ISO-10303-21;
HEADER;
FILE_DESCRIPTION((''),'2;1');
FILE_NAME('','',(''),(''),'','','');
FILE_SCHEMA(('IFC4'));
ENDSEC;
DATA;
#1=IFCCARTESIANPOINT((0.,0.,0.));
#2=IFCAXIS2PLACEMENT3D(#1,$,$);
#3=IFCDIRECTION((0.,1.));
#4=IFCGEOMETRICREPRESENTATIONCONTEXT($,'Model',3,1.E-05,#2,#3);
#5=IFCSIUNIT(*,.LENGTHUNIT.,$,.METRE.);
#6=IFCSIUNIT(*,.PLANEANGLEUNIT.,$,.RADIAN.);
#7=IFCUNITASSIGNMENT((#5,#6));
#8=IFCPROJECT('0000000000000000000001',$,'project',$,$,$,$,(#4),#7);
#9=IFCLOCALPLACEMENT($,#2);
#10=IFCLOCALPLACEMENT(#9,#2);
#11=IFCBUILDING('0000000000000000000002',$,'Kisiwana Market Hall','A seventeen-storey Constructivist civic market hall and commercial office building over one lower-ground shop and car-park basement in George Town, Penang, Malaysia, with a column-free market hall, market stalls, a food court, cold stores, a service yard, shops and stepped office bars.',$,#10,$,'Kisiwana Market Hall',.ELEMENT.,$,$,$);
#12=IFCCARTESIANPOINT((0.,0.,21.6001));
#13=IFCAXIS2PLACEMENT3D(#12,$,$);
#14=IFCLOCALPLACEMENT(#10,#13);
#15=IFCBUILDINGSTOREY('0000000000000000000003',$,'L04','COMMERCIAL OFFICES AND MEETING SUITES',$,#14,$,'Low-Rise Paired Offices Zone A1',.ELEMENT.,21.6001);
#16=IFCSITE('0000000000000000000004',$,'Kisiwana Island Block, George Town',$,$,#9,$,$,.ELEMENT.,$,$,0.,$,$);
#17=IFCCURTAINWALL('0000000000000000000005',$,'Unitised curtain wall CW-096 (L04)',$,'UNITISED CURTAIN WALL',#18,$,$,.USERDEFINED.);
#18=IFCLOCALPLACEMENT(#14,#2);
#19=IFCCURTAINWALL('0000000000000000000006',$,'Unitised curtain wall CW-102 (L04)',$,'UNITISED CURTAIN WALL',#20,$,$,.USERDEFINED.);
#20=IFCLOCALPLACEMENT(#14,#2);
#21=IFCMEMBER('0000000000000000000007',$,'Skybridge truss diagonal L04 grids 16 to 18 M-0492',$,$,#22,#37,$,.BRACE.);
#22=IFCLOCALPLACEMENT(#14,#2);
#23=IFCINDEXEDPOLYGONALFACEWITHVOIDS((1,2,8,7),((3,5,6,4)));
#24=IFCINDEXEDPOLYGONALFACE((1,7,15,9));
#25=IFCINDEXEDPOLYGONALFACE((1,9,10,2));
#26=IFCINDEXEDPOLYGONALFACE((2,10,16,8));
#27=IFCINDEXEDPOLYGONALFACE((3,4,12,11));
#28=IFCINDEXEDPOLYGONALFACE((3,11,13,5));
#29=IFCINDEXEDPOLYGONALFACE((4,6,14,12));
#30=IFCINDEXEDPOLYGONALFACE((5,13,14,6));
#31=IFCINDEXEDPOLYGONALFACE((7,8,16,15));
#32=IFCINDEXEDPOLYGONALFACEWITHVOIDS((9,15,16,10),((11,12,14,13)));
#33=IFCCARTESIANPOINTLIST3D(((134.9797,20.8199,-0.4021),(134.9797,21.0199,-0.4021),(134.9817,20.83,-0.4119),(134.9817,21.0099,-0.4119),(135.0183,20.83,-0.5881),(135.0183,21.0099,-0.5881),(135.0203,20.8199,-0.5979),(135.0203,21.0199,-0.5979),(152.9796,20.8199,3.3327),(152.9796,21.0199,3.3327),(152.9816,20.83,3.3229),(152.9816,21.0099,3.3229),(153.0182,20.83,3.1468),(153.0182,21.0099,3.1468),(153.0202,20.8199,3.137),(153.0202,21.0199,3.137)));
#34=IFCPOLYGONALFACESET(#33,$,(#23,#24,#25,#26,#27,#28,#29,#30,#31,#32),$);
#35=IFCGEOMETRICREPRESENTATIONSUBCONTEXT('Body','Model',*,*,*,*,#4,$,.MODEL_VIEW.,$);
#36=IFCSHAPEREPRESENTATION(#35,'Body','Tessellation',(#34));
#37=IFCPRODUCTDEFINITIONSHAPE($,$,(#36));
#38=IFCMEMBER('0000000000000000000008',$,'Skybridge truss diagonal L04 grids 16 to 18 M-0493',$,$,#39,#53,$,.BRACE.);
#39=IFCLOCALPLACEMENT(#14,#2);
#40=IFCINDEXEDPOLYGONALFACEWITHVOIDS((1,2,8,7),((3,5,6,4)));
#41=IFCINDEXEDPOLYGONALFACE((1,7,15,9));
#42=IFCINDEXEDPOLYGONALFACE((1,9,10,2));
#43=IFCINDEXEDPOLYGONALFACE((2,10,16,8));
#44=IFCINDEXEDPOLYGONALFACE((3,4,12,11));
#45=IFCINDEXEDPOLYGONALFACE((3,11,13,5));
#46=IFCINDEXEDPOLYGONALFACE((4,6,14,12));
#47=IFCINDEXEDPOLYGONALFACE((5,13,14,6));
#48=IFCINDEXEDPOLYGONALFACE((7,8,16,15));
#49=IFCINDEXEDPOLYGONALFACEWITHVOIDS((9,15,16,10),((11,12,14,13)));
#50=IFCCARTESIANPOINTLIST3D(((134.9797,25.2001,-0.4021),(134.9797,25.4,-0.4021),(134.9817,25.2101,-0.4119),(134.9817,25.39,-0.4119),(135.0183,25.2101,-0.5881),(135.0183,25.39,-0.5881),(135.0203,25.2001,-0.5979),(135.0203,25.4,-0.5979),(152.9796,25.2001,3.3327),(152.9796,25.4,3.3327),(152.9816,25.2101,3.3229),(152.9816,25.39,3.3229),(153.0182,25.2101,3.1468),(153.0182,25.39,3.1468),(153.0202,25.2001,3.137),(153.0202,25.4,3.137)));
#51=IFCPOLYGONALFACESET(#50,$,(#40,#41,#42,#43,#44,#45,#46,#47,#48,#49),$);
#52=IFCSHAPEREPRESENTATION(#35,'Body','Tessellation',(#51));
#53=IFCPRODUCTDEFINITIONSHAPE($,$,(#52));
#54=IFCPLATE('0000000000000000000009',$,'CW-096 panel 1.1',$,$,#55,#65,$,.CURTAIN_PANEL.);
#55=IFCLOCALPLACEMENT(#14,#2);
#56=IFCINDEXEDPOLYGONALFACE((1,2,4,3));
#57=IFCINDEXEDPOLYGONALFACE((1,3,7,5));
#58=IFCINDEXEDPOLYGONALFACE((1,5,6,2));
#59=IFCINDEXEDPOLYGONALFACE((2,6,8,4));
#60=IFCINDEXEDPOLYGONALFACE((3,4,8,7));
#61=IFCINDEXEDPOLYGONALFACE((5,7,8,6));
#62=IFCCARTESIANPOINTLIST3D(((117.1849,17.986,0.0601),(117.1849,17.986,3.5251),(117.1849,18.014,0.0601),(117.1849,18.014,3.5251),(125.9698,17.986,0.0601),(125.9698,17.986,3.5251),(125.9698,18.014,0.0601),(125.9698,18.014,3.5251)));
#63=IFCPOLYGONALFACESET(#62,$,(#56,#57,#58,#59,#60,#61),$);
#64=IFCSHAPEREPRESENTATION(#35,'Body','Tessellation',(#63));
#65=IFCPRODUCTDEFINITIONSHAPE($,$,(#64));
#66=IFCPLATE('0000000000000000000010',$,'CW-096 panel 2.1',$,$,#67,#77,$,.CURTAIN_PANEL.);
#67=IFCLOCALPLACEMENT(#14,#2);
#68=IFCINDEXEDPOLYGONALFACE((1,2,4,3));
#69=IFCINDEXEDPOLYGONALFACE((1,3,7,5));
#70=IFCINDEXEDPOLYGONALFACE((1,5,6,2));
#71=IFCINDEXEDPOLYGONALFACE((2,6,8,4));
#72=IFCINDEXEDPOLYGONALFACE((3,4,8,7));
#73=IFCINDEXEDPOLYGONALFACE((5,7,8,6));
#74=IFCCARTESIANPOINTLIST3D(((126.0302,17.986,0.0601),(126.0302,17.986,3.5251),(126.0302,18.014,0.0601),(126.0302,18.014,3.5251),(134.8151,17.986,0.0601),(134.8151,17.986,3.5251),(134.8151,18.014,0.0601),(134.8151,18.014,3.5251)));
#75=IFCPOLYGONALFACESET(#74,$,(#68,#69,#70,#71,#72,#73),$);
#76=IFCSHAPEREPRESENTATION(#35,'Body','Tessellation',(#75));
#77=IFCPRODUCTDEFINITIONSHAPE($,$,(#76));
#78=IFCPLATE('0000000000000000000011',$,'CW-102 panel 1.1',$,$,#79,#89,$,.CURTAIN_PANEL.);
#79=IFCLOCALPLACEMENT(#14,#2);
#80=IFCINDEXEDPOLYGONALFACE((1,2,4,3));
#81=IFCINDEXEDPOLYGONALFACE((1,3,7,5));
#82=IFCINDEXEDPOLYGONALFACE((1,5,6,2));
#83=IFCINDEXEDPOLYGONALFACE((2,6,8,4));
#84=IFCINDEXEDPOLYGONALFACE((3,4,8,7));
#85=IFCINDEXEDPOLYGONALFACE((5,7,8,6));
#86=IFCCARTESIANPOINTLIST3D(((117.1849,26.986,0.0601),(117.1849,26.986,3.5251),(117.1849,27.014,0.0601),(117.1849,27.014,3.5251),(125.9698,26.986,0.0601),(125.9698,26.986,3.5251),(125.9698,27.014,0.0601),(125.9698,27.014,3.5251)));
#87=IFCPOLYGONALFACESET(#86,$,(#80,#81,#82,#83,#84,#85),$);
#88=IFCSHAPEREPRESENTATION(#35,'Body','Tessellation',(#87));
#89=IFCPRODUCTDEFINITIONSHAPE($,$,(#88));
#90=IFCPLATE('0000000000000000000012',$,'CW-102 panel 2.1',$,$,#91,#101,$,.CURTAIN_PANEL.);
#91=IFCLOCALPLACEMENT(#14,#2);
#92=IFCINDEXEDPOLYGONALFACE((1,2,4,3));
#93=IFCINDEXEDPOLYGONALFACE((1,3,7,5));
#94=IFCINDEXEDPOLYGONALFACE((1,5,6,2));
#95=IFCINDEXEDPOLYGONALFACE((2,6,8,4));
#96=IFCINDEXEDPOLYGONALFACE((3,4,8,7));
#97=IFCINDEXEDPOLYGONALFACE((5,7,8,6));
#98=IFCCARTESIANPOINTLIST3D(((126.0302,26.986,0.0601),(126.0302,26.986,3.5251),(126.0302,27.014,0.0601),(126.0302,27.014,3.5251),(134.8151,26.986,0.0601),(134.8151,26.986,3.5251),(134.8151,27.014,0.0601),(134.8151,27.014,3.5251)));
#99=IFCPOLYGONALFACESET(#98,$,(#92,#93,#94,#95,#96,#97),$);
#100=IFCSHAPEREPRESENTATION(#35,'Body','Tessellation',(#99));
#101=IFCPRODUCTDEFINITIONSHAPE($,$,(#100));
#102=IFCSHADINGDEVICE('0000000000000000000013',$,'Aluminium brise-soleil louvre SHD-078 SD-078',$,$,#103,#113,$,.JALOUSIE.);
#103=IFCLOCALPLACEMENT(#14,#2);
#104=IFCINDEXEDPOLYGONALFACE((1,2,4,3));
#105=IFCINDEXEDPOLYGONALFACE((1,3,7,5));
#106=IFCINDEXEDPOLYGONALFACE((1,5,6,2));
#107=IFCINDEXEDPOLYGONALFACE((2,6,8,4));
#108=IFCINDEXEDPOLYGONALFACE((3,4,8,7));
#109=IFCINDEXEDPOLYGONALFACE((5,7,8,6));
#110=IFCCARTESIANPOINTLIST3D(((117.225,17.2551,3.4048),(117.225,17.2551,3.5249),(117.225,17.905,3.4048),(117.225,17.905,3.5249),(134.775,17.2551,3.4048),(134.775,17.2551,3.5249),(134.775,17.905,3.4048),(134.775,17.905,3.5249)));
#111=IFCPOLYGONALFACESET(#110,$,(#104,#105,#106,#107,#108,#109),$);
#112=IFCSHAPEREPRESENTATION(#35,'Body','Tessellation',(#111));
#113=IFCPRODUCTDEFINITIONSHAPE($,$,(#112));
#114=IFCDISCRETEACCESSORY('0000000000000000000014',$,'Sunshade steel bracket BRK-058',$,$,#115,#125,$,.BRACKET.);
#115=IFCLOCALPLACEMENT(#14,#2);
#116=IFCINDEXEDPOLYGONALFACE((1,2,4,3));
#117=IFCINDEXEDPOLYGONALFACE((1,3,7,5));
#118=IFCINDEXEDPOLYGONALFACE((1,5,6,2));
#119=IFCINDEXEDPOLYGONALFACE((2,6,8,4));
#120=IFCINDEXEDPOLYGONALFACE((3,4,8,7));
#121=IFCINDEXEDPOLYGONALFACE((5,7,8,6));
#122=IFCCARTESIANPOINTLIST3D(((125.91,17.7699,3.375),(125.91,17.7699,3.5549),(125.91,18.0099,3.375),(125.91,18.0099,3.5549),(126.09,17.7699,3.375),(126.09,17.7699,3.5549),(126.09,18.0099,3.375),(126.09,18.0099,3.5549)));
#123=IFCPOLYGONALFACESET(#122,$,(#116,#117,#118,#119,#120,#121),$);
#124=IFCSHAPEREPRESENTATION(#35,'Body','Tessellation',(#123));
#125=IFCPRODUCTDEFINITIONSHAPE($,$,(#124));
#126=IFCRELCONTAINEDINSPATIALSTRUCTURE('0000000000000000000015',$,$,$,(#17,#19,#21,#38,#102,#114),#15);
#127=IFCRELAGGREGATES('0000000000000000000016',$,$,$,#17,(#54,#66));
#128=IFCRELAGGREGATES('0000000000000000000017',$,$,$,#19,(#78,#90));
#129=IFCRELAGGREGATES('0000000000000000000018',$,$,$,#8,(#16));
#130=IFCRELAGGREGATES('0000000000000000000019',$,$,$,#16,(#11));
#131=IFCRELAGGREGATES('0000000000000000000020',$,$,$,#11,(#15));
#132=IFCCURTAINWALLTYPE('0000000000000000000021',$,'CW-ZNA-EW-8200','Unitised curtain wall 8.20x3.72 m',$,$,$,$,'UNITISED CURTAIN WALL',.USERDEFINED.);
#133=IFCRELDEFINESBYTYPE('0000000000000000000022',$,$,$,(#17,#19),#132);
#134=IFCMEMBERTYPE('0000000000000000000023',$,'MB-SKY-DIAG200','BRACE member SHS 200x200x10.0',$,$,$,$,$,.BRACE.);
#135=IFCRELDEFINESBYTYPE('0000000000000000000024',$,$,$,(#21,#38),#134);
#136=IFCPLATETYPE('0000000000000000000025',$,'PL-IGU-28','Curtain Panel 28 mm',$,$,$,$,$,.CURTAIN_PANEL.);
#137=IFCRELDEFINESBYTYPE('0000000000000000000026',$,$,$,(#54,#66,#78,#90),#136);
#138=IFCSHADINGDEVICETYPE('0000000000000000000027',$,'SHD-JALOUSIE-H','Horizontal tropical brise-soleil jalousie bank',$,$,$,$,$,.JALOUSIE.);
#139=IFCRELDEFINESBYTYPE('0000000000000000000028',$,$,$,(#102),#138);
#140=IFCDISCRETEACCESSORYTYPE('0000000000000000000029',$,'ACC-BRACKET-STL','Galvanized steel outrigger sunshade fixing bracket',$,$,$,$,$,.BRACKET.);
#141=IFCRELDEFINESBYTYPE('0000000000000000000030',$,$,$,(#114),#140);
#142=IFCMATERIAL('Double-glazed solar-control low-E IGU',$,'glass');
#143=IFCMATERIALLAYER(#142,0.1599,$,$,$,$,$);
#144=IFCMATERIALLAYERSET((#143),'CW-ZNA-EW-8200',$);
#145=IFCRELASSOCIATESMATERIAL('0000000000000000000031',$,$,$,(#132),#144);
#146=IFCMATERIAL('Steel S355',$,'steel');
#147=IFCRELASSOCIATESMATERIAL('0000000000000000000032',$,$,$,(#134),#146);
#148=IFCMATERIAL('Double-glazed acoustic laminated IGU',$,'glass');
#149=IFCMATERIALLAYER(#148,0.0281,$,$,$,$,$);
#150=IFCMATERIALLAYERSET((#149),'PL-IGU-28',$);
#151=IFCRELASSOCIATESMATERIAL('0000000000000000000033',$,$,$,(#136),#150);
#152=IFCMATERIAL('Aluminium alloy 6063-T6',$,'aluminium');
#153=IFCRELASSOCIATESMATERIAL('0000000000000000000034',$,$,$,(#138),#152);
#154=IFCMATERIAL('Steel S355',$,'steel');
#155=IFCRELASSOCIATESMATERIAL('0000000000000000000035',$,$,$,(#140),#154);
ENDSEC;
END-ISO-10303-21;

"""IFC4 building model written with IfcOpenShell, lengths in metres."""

from ifc_helpers import new_model, si_unit, direction, frame, origin, origin_2d, place, context, subcontext, project, spatial, rectangle, hollow_rectangle, extrude, material, layer, layer_set, material_profile, profile_set, type_object, element, aggregate, save


model = new_model("IFC4")

# Units and contexts
model_context = context("Model", 3, precision=1e-05, world=origin(), true_north=direction((0.0, 1.0)))
body_context = subcontext(model_context, "Body", "Model", "MODEL_VIEW")
ifc_project = project(units=[si_unit("LENGTHUNIT", "METRE"), si_unit("PLANEANGLEUNIT", "RADIAN")], contexts=[model_context])

# Site, building, storey
site_placement = place(None, origin())
site = spatial("IfcSite", under=ifc_project, at=site_placement, Name="Kisiwana Island Block, George Town", CompositionType="ELEMENT", RefElevation=0.0)
building_placement = place(site_placement, origin())
building = spatial("IfcBuilding", under=site, at=building_placement, Name="Kisiwana Market Hall", Description="A seventeen-storey Constructivist civic market hall and commercial office building over one lower-ground shop and car-park basement in George Town, Penang, Malaysia, with a column-free market hall, market stalls, a food court, cold stores, a service yard, shops and stepped office bars.", LongName="Kisiwana Market Hall", CompositionType="ELEMENT")
storey_placement = place(building_placement, frame((0.0, 0.0, 21.6001)))
storey = spatial("IfcBuildingStorey", under=building, at=storey_placement, Name="L04", Description="COMMERCIAL OFFICES AND MEETING SUITES", LongName="Low-Rise Paired Offices Zone A1", CompositionType="ELEMENT", Elevation=21.6001)

# Curtain wall
ifc_material_1 = material(Name="Double-glazed solar-control low-E IGU", Category="glass")
ifc_layer_1 = layer(ifc_material_1, 0.1599)
ifc_layer_set_1 = layer_set([ifc_layer_1], Name="CW-ZNA-EW-8200")
curtain_wall_type = type_object("IfcCurtainWallType", Name="CW-ZNA-EW-8200", Description="Unitised curtain wall 8.20x3.72 m", ElementType="UNITISED CURTAIN WALL", PredefinedType="USERDEFINED", material=ifc_layer_set_1)
curtain_wall_1_placement = place(storey_placement, origin())
curtain_wall_1 = element("IfcCurtainWall", 1, at=curtain_wall_1_placement, inside=storey, type_object=curtain_wall_type, Name="Unitised curtain wall CW-096 (L04)", ObjectType="UNITISED CURTAIN WALL", PredefinedType="USERDEFINED")

# Curtain wall
curtain_wall_2_placement = place(storey_placement, origin())
curtain_wall_2 = element("IfcCurtainWall", 2, at=curtain_wall_2_placement, inside=storey, type_object=curtain_wall_type, Name="Unitised curtain wall CW-102 (L04)", ObjectType="UNITISED CURTAIN WALL", PredefinedType="USERDEFINED")

# Members
ifc_material_2 = material(Name="Steel S355", Category="steel")
ifc_material_profile_1 = material_profile(ifc_material_2, hollow_rectangle(XDim=0.2, YDim=0.2, WallThickness=0.01, at=origin_2d()), Name="SHS 200x200x10.0")
ifc_profile_set_1 = profile_set([ifc_material_profile_1], Name="Steel S355")
member_type_1 = type_object("IfcMemberType", Name="MB-SKY-DIAG200", Description="BRACE member SHS 200x200x10.0", PredefinedType="BRACE", material=ifc_profile_set_1)
for number, where, z_axis, x_axis, name in (
    (3, (135.0, 20.9199, -0.5), (0.979145, 0.0, 0.203165), (0.0, 1.0, 0.0), "Skybridge truss diagonal L04 grids 16 to 18 M-0492"),
    (4, (135.0, 25.3, -0.5), (0.979145, 0.0, 0.203165), (0.0, 1.0, 0.0), "Skybridge truss diagonal L04 grids 16 to 18 M-0493"),
):
    element("IfcMember", number, at=place(storey_placement, frame(where, z_axis=z_axis, x_axis=x_axis)), inside=storey, type_object=member_type_1, Name=name, PredefinedType="BRACE", context=body_context, shape_type="SweptSolid", body=[
        extrude(hollow_rectangle(XDim=0.2, YDim=0.2, WallThickness=0.01, at=origin_2d()), origin(), (0.0, 0.0, 1.0), 18.3833),
    ])

# Plates
ifc_material_3 = material(Name="Double-glazed acoustic laminated IGU", Category="glass")
ifc_layer_2 = layer(ifc_material_3, 0.0281)
ifc_layer_set_2 = layer_set([ifc_layer_2], Name="PL-IGU-28")
plate_type = type_object("IfcPlateType", Name="PL-IGU-28", Description="Curtain Panel 28 mm", PredefinedType="CURTAIN_PANEL", material=ifc_layer_set_2)
plate_1_placement = place(storey_placement, frame((121.5774, 18.0, 0.0601), z_axis=(0.0, 0.0, 1.0), x_axis=(1.0, 0.0, 0.0)))
plate_1 = element("IfcPlate", 5, at=plate_1_placement, type_object=plate_type, Name="CW-096 panel 1.1", PredefinedType="CURTAIN_PANEL", context=body_context, shape_type="SweptSolid", body=[
    extrude(rectangle(XDim=8.7849, YDim=0.0281, at=origin_2d()), origin(), (0.0, 0.0, 1.0), 3.4651),
])
plate_2_placement = place(storey_placement, frame((130.4226, 18.0, 0.0601), z_axis=(0.0, 0.0, 1.0), x_axis=(1.0, 0.0, 0.0)))
plate_2 = element("IfcPlate", 6, at=plate_2_placement, type_object=plate_type, Name="CW-096 panel 2.1", PredefinedType="CURTAIN_PANEL", context=body_context, shape_type="SweptSolid", body=[
    extrude(rectangle(XDim=8.7849, YDim=0.0281, at=origin_2d()), origin(), (0.0, 0.0, 1.0), 3.4651),
])
aggregate(curtain_wall_1, [plate_1, plate_2])
plate_3_placement = place(storey_placement, frame((121.5774, 27.0, 0.0601), z_axis=(0.0, 0.0, 1.0), x_axis=(1.0, 0.0, 0.0)))
plate_3 = element("IfcPlate", 7, at=plate_3_placement, type_object=plate_type, Name="CW-102 panel 1.1", PredefinedType="CURTAIN_PANEL", context=body_context, shape_type="SweptSolid", body=[
    extrude(rectangle(XDim=8.7849, YDim=0.0281, at=origin_2d()), origin(), (0.0, 0.0, 1.0), 3.4651),
])
plate_4_placement = place(storey_placement, frame((130.4226, 27.0, 0.0601), z_axis=(0.0, 0.0, 1.0), x_axis=(1.0, 0.0, 0.0)))
plate_4 = element("IfcPlate", 8, at=plate_4_placement, type_object=plate_type, Name="CW-102 panel 2.1", PredefinedType="CURTAIN_PANEL", context=body_context, shape_type="SweptSolid", body=[
    extrude(rectangle(XDim=8.7849, YDim=0.0281, at=origin_2d()), origin(), (0.0, 0.0, 1.0), 3.4651),
])
aggregate(curtain_wall_2, [plate_3, plate_4])

# Shading device
ifc_material_4 = material(Name="Aluminium alloy 6063-T6", Category="aluminium")
shading_device_type = type_object("IfcShadingDeviceType", Name="SHD-JALOUSIE-H", Description="Horizontal tropical brise-soleil jalousie bank", PredefinedType="JALOUSIE", material=ifc_material_4)
shading_device_placement = place(storey_placement, frame((126.0, 17.5801, 3.4048), z_axis=(0.0, 0.0, 1.0), x_axis=(1.0, 0.0, 0.0)))
element("IfcShadingDevice", 9, at=shading_device_placement, inside=storey, type_object=shading_device_type, Name="Aluminium brise-soleil louvre SHD-078 SD-078", PredefinedType="JALOUSIE", context=body_context, shape_type="SweptSolid", body=[
    extrude(rectangle(XDim=17.55, YDim=0.6499, at=origin_2d()), origin(), (0.0, 0.0, 1.0), 0.1201),
])

# Discrete accessory
ifc_material_5 = material(Name="Steel S355", Category="steel")
discrete_accessory_type = type_object("IfcDiscreteAccessoryType", Name="ACC-BRACKET-STL", Description="Galvanized steel outrigger sunshade fixing bracket", PredefinedType="BRACKET", material=ifc_material_5)
discrete_accessory_placement = place(storey_placement, frame((126.0, 17.8899, 3.375), z_axis=(0.0, 0.0, 1.0), x_axis=(1.0, 0.0, 0.0)))
element("IfcDiscreteAccessory", 10, at=discrete_accessory_placement, inside=storey, type_object=discrete_accessory_type, Name="Sunshade steel bracket BRK-058", PredefinedType="BRACKET", context=body_context, shape_type="SweptSolid", body=[
    extrude(rectangle(XDim=0.1799, YDim=0.24, at=origin_2d()), origin(), (0.0, 0.0, 1.0), 0.1799),
])

save(model, "model.ifc")
